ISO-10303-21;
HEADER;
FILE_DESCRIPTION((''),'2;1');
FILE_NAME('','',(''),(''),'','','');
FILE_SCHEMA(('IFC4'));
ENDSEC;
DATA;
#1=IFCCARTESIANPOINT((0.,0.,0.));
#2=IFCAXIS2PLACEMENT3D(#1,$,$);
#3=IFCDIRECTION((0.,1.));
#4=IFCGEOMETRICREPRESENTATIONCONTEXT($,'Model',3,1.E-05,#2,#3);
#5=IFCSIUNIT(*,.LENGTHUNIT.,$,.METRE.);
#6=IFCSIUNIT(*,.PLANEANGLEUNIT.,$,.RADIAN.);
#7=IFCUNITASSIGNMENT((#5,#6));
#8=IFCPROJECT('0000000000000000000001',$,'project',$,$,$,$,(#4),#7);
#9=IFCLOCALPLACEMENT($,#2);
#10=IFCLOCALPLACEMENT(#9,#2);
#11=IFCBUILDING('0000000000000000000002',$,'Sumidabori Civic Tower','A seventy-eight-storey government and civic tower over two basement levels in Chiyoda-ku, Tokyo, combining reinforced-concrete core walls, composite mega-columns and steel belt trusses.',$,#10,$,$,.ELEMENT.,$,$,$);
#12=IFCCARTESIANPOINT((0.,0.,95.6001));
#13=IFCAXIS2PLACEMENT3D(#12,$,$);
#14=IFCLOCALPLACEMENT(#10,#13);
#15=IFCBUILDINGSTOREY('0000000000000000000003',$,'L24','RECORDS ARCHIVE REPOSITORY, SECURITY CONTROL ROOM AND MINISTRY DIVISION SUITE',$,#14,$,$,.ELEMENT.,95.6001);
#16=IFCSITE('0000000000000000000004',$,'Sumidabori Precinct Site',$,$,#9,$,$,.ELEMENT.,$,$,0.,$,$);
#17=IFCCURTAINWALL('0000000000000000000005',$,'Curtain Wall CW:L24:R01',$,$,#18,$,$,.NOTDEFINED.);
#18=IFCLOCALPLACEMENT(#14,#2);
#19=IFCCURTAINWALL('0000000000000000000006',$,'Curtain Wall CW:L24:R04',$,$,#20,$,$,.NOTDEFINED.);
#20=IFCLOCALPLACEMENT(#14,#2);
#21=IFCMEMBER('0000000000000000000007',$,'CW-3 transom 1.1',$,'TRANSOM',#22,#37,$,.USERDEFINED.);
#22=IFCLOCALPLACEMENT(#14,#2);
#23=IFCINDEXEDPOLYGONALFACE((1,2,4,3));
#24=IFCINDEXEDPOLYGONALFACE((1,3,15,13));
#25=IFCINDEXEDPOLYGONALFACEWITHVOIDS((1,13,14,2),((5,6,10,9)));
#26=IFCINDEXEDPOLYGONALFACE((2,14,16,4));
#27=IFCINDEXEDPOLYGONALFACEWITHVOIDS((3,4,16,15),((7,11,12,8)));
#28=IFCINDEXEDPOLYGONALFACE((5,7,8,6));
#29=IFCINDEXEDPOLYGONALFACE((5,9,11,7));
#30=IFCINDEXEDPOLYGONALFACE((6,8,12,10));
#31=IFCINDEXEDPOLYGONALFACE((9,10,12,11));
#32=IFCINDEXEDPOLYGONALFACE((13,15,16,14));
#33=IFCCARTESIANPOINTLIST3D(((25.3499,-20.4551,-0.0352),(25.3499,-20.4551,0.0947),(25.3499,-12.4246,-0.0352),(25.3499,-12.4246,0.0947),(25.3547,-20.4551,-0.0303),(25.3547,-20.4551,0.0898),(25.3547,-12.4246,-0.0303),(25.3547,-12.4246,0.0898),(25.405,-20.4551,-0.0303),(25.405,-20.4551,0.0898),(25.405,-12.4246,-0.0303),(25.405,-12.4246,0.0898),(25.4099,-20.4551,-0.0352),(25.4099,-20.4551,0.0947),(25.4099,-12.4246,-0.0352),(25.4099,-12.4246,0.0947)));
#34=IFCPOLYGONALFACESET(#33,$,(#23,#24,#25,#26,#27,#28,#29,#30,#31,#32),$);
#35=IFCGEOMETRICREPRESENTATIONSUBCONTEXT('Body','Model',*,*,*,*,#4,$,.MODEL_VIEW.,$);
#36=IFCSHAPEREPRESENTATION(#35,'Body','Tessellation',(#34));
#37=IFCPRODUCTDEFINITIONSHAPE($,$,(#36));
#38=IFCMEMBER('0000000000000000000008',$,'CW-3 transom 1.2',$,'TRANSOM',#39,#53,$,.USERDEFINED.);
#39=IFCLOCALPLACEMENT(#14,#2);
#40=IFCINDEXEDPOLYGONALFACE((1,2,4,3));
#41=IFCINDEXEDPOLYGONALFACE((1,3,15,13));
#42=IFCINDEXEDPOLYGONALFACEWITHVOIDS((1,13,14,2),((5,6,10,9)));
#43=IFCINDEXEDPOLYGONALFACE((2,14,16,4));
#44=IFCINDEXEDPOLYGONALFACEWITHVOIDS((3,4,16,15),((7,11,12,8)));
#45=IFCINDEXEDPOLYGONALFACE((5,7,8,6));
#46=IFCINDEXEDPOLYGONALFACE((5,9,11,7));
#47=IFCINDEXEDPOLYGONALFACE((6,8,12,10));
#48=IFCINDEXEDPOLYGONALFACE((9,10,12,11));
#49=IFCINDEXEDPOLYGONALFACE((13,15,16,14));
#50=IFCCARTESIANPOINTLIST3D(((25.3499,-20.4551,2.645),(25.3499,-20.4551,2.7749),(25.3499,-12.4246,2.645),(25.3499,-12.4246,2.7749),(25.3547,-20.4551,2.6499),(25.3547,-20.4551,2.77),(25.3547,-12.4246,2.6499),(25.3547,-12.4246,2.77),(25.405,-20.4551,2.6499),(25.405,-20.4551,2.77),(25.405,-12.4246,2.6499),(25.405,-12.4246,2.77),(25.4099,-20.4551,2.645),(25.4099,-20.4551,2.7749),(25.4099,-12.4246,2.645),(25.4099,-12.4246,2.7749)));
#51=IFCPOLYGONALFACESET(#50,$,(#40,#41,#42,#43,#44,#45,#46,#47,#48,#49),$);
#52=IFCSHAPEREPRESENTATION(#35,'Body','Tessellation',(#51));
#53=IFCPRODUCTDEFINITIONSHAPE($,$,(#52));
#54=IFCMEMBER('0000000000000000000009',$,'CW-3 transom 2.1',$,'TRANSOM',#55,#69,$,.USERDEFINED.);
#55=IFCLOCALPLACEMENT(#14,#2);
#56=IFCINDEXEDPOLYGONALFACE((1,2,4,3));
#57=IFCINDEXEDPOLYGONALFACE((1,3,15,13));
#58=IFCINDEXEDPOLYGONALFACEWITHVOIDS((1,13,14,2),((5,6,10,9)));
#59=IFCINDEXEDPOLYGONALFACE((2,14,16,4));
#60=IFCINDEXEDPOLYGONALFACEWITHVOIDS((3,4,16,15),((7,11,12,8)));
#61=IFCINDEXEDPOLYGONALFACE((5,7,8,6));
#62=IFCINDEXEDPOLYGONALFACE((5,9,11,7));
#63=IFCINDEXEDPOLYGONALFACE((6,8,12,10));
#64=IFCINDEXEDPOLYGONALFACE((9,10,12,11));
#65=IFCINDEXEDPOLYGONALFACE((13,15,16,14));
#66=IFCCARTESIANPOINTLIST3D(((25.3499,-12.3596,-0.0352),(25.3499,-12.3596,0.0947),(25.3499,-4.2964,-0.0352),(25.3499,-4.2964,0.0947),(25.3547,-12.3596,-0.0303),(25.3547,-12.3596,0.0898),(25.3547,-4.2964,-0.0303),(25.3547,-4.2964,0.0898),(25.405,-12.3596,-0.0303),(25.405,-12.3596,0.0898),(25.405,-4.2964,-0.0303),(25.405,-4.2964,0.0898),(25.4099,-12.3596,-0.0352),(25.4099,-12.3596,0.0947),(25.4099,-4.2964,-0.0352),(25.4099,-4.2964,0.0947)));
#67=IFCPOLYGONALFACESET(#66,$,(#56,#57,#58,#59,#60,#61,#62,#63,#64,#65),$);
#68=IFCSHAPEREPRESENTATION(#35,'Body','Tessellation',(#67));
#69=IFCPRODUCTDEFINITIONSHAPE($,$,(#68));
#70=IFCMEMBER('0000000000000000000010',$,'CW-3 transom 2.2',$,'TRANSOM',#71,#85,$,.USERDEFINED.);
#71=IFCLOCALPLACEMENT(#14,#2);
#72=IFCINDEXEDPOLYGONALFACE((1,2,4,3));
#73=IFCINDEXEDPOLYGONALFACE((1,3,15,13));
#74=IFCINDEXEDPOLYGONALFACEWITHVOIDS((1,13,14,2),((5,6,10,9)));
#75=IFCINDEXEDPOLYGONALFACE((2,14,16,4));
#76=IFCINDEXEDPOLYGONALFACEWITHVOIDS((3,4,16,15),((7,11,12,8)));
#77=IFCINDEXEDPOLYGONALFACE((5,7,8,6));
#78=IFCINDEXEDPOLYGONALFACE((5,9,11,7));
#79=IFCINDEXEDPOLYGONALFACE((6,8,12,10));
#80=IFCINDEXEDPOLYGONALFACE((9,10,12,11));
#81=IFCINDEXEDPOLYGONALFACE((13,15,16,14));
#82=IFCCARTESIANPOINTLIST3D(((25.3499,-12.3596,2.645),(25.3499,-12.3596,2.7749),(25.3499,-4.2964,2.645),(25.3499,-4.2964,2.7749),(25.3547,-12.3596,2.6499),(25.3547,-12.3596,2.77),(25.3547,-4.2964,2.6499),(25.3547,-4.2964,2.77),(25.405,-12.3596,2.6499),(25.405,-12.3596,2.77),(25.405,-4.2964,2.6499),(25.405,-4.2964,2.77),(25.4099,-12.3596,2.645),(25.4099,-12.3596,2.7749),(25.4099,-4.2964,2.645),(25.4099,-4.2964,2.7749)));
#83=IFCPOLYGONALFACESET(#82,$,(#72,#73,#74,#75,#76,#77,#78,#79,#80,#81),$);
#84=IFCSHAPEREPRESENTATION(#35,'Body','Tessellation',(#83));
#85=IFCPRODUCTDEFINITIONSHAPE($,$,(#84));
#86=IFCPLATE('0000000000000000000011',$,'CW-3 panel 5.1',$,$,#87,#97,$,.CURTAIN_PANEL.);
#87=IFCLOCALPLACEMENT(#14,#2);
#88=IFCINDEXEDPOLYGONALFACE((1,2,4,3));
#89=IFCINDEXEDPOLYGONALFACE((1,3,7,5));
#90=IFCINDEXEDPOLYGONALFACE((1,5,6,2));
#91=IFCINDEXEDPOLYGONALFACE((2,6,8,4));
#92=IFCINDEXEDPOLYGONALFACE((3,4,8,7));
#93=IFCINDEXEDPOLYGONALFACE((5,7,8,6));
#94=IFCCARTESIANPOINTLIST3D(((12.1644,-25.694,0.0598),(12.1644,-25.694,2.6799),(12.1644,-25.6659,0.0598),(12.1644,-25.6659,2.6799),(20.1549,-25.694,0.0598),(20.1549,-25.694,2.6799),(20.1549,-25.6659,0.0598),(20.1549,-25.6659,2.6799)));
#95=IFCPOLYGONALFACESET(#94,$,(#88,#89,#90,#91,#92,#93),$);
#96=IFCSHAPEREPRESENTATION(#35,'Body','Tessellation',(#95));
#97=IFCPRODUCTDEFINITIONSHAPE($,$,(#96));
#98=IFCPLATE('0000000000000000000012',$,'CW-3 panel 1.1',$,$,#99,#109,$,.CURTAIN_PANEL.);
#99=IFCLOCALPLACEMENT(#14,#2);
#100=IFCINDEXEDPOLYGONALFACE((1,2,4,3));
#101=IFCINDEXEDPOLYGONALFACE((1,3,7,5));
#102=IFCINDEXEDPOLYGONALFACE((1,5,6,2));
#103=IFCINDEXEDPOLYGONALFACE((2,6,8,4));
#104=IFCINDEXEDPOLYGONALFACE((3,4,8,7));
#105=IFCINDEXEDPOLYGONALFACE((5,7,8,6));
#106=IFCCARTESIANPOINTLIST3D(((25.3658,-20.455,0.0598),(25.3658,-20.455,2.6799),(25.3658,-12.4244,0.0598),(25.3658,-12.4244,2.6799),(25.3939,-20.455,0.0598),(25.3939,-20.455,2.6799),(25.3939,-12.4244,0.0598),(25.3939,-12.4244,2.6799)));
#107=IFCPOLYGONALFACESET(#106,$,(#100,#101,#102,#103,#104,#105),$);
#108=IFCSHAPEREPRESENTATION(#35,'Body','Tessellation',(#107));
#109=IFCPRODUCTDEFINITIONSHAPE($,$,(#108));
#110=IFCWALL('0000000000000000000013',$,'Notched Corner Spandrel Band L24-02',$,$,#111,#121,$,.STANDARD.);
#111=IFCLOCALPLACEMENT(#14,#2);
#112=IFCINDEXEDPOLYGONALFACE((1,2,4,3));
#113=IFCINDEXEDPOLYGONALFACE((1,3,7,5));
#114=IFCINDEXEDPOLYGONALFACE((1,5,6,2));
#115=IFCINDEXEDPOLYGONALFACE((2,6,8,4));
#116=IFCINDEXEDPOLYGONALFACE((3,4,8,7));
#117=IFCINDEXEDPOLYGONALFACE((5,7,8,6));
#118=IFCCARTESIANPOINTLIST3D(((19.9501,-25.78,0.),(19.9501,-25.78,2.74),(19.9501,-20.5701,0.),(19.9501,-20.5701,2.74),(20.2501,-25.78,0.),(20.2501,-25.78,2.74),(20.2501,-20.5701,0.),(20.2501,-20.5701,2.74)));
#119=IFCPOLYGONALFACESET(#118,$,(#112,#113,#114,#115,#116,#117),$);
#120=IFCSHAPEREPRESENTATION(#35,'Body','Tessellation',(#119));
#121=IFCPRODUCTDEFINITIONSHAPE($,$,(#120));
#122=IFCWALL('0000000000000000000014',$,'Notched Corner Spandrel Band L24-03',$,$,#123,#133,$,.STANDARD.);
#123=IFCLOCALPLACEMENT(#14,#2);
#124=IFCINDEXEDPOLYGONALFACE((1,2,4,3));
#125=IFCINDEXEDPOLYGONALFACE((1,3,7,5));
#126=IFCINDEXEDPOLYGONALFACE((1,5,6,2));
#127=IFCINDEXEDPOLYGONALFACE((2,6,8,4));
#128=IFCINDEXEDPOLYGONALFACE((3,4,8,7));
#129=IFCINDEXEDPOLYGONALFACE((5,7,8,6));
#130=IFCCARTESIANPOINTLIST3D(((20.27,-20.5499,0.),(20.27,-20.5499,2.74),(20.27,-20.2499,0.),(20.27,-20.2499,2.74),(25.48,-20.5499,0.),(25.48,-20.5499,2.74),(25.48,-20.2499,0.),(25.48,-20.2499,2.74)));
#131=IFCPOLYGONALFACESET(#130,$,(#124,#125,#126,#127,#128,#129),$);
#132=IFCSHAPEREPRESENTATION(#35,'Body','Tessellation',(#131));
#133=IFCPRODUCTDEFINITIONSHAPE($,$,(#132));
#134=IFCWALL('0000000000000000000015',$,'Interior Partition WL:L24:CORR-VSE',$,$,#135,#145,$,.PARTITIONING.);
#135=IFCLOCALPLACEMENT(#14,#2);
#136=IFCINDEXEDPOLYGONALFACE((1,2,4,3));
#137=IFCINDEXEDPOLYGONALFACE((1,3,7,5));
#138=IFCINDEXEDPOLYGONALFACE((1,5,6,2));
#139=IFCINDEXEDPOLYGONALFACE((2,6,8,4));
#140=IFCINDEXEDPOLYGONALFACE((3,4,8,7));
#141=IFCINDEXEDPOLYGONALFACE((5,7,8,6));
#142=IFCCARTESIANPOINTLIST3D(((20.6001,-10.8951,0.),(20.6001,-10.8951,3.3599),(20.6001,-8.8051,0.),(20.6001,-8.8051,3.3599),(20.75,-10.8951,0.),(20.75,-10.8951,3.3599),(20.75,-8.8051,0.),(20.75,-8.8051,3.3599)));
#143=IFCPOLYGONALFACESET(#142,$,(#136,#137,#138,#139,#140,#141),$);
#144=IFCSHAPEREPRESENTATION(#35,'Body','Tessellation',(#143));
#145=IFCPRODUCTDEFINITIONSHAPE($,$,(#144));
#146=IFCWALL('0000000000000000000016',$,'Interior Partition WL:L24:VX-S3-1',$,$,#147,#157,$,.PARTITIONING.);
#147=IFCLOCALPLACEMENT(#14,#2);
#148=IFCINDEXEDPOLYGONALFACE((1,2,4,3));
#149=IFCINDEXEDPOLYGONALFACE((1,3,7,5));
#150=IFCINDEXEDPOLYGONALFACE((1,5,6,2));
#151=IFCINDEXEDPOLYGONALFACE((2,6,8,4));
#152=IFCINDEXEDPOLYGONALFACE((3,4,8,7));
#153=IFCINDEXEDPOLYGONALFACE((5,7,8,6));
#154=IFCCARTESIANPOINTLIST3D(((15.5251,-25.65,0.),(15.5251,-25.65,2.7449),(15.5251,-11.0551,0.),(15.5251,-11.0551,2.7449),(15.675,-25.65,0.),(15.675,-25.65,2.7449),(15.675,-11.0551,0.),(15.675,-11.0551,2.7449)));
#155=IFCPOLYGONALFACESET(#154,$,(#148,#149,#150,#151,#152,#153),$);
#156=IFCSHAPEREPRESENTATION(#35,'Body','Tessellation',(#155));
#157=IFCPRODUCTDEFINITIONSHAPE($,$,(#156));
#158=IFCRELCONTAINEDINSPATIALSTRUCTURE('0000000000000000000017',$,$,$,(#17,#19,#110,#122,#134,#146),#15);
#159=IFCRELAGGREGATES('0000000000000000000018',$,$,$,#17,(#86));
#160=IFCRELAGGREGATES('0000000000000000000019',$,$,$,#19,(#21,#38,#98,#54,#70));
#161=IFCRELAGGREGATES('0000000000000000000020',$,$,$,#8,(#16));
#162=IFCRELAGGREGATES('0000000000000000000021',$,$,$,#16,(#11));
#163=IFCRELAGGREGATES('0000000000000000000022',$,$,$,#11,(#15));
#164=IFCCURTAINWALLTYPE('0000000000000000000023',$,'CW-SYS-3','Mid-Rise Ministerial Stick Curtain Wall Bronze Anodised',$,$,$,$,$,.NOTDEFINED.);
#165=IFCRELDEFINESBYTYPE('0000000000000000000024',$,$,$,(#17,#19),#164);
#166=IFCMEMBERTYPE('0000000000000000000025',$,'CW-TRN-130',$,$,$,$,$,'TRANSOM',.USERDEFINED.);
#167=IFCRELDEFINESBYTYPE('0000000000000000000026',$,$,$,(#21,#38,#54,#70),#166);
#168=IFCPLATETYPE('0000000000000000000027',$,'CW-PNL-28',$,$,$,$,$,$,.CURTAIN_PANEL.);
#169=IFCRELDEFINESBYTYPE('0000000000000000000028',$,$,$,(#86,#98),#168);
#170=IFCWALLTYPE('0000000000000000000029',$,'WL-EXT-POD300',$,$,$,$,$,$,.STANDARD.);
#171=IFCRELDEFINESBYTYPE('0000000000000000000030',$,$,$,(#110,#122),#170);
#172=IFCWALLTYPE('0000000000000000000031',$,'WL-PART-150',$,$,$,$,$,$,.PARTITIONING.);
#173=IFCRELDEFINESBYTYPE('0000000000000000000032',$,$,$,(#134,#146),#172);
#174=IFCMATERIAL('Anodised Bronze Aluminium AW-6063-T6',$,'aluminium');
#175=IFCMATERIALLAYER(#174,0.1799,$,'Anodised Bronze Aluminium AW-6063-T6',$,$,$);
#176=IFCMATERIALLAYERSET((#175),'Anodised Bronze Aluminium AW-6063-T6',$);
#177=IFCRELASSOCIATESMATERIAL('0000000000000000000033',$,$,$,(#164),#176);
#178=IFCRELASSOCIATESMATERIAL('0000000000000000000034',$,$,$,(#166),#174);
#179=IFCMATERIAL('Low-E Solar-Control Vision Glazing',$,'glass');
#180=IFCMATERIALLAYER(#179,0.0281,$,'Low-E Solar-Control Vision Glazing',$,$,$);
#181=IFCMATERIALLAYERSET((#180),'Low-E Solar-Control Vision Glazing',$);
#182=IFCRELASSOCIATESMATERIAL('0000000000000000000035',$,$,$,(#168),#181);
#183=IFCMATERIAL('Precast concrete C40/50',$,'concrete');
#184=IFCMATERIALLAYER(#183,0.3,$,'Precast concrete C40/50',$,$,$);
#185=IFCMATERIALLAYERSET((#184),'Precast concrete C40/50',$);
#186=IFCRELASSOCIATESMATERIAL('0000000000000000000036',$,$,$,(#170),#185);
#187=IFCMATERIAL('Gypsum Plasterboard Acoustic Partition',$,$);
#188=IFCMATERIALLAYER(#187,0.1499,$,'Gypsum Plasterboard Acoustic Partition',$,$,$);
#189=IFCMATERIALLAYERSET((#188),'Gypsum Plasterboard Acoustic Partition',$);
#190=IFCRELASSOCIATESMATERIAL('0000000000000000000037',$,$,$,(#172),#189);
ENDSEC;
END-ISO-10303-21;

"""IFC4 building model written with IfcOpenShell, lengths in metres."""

from ifc_helpers import new_model, si_unit, direction, frame, frame_2d, origin, origin_2d, place, context, subcontext, project, spatial, rectangle, hollow_rectangle, extrude, source, transform, mapped, material, layer, layer_set, material_profile, profile_set, type_object, element, aggregate, save


model = new_model("IFC4")

# Units and contexts
model_context = context("Model", 3, precision=1e-05, world=origin(), true_north=direction((0.0, 1.0)))
body_context = subcontext(model_context, "Body", "Model", "MODEL_VIEW")
ifc_project = project(units=[si_unit("LENGTHUNIT", "METRE"), si_unit("PLANEANGLEUNIT", "RADIAN")], contexts=[model_context])

# Site, building, storey
site_placement = place(None, origin())
site = spatial("IfcSite", under=ifc_project, at=site_placement, Name="Sumidabori Precinct Site", CompositionType="ELEMENT", RefElevation=0.0)
building_placement = place(site_placement, origin())
building = spatial("IfcBuilding", under=site, at=building_placement, Name="Sumidabori Civic Tower", Description="A seventy-eight-storey government and civic tower over two basement levels in Chiyoda-ku, Tokyo, combining reinforced-concrete core walls, composite mega-columns and steel belt trusses.", CompositionType="ELEMENT")
storey_placement = place(building_placement, frame((0.0, 0.0, 95.6001)))
storey = spatial("IfcBuildingStorey", under=building, at=storey_placement, Name="L24", Description="RECORDS ARCHIVE REPOSITORY, SECURITY CONTROL ROOM AND MINISTRY DIVISION SUITE", CompositionType="ELEMENT", Elevation=95.6001)

# Curtain wall
ifc_material_1 = material(Name="Anodised Bronze Aluminium AW-6063-T6", Category="aluminium")
ifc_layer_1 = layer(ifc_material_1, 0.1799, Name="Anodised Bronze Aluminium AW-6063-T6")
ifc_layer_set_1 = layer_set([ifc_layer_1], Name="Anodised Bronze Aluminium AW-6063-T6")
curtain_wall_type = type_object("IfcCurtainWallType", Name="CW-SYS-3", Description="Mid-Rise Ministerial Stick Curtain Wall Bronze Anodised", PredefinedType="NOTDEFINED", material=ifc_layer_set_1)
curtain_wall_1_placement = place(storey_placement, origin())
curtain_wall_1 = element("IfcCurtainWall", 1, at=curtain_wall_1_placement, inside=storey, type_object=curtain_wall_type, Name="Curtain Wall CW:L24:R01", PredefinedType="NOTDEFINED")

# Curtain wall, members
curtain_wall_2_placement = place(storey_placement, origin())
curtain_wall_2 = element("IfcCurtainWall", 2, at=curtain_wall_2_placement, inside=storey, type_object=curtain_wall_type, Name="Curtain Wall CW:L24:R04", PredefinedType="NOTDEFINED")
ifc_material_profile_1 = material_profile(ifc_material_1, hollow_rectangle(XDim=0.0601, YDim=0.1299, WallThickness=0.0049, at=origin_2d()), Name="ALU TRANSOM 130x60")
ifc_profile_set_1 = profile_set([ifc_material_profile_1], Name="Anodised Bronze Aluminium AW-6063-T6")
member_type_1 = type_object("IfcMemberType", Name="CW-TRN-130", ElementType="TRANSOM", PredefinedType="USERDEFINED", material=ifc_profile_set_1)
shared_shape_1 = source(origin(), body_context, "Body", "SweptSolid", [
    extrude(hollow_rectangle(XDim=0.0601, YDim=0.1299, WallThickness=0.0049, at=origin_2d()), origin(), (0.0, 0.0, 1.0), 8.0305),
])
member_1_placement = place(storey_placement, frame((25.3799, -20.4551, 0.0298), z_axis=(0.0, 1.0, 0.0), x_axis=(-1.0, 0.0, 0.0)))
member_1 = element("IfcMember", 3, at=member_1_placement, type_object=member_type_1, Name="CW-3 transom 1.1", ObjectType="TRANSOM", PredefinedType="USERDEFINED", context=body_context, shape_type="MappedRepresentation", body=[
    mapped(shared_shape_1, transform((0.0, 0.0, 0.0), x_axis=(1.0, 0.0, 0.0), y_axis=(0.0, 1.0, 0.0), z_axis=(0.0, 0.0, 1.0), scale=1.0)),
])
member_2_placement = place(storey_placement, frame((25.3799, -20.4551, 2.71), z_axis=(0.0, 1.0, 0.0), x_axis=(-1.0, 0.0, 0.0)))
member_2 = element("IfcMember", 4, at=member_2_placement, type_object=member_type_1, Name="CW-3 transom 1.2", ObjectType="TRANSOM", PredefinedType="USERDEFINED", context=body_context, shape_type="MappedRepresentation", body=[
    mapped(shared_shape_1, transform((0.0, 0.0, 0.0), x_axis=(1.0, 0.0, 0.0), y_axis=(0.0, 1.0, 0.0), z_axis=(0.0, 0.0, 1.0), scale=1.0)),
])
shared_shape_2 = source(origin(), body_context, "Body", "SweptSolid", [
    extrude(hollow_rectangle(XDim=0.0601, YDim=0.1299, WallThickness=0.0049, at=origin_2d()), origin(), (0.0, 0.0, 1.0), 8.0632),
])
member_3_placement = place(storey_placement, frame((25.3799, -12.3596, 0.0298), z_axis=(0.0, 1.0, 0.0), x_axis=(-1.0, 0.0, 0.0)))
member_3 = element("IfcMember", 5, at=member_3_placement, type_object=member_type_1, Name="CW-3 transom 2.1", ObjectType="TRANSOM", PredefinedType="USERDEFINED", context=body_context, shape_type="MappedRepresentation", body=[
    mapped(shared_shape_2, transform((0.0, 0.0, 0.0), x_axis=(1.0, 0.0, 0.0), y_axis=(0.0, 1.0, 0.0), z_axis=(0.0, 0.0, 1.0), scale=1.0)),
])
member_4_placement = place(storey_placement, frame((25.3799, -12.3596, 2.71), z_axis=(0.0, 1.0, 0.0), x_axis=(-1.0, 0.0, 0.0)))
member_4 = element("IfcMember", 6, at=member_4_placement, type_object=member_type_1, Name="CW-3 transom 2.2", ObjectType="TRANSOM", PredefinedType="USERDEFINED", context=body_context, shape_type="MappedRepresentation", body=[
    mapped(shared_shape_2, transform((0.0, 0.0, 0.0), x_axis=(1.0, 0.0, 0.0), y_axis=(0.0, 1.0, 0.0), z_axis=(0.0, 0.0, 1.0), scale=1.0)),
])

# Plates
ifc_material_2 = material(Name="Low-E Solar-Control Vision Glazing", Category="glass")
ifc_layer_2 = layer(ifc_material_2, 0.0281, Name="Low-E Solar-Control Vision Glazing")
ifc_layer_set_2 = layer_set([ifc_layer_2], Name="Low-E Solar-Control Vision Glazing")
plate_type = type_object("IfcPlateType", Name="CW-PNL-28", PredefinedType="CURTAIN_PANEL", material=ifc_layer_set_2)
shared_shape_3 = source(origin(), body_context, "Body", "SweptSolid", [
    extrude(rectangle(XDim=7.9905, YDim=0.0281, at=origin_2d()), origin(), (0.0, 0.0, 1.0), 2.6201),
])
plate_1_placement = place(storey_placement, frame((16.1597, -25.6799, 0.0598), z_axis=(0.0, 0.0, 1.0), x_axis=(1.0, 0.0, 0.0)))
plate_1 = element("IfcPlate", 7, at=plate_1_placement, type_object=plate_type, Name="CW-3 panel 5.1", PredefinedType="CURTAIN_PANEL", context=body_context, shape_type="MappedRepresentation", body=[
    mapped(shared_shape_3, transform((0.0, 0.0, 0.0), x_axis=(1.0, 0.0, 0.0), y_axis=(0.0, 1.0, 0.0), z_axis=(0.0, 0.0, 1.0), scale=1.0)),
])
aggregate(curtain_wall_1, [plate_1])
shared_shape_4 = source(origin(), body_context, "Body", "SweptSolid", [
    extrude(rectangle(XDim=8.0305, YDim=0.0281, at=origin_2d()), origin(), (0.0, 0.0, 1.0), 2.6201),
])
plate_2_placement = place(storey_placement, frame((25.3799, -16.4397, 0.0598), z_axis=(0.0, 0.0, 1.0), x_axis=(0.0, 1.0, 0.0)))
plate_2 = element("IfcPlate", 8, at=plate_2_placement, type_object=plate_type, Name="CW-3 panel 1.1", PredefinedType="CURTAIN_PANEL", context=body_context, shape_type="MappedRepresentation", body=[
    mapped(shared_shape_4, transform((0.0, 0.0, 0.0), x_axis=(1.0, 0.0, 0.0), y_axis=(0.0, 1.0, 0.0), z_axis=(0.0, 0.0, 1.0), scale=1.0)),
])
aggregate(curtain_wall_2, [member_1, member_2, plate_2, member_3, member_4])

# Walls
ifc_material_3 = material(Name="Precast concrete C40/50", Category="concrete")
ifc_layer_3 = layer(ifc_material_3, 0.3, Name="Precast concrete C40/50")
ifc_layer_set_3 = layer_set([ifc_layer_3], Name="Precast concrete C40/50")
wall_type_1 = type_object("IfcWallType", Name="WL-EXT-POD300", PredefinedType="STANDARD", material=ifc_layer_set_3)
shared_shape_5 = source(origin(), body_context, "Body", "SweptSolid", [
    extrude(rectangle(XDim=5.21, YDim=0.3, at=frame_2d((2.605, 0.0))), origin(), (0.0, 0.0, 1.0), 2.74),
])
for number, where, z_axis, x_axis, name in (
    (9, (20.1001, -25.78, 0.0), (0.0, 0.0, 1.0), (0.0, 1.0, 0.0), "Notched Corner Spandrel Band L24-02"),
    (10, (20.27, -20.3999, 0.0), (0.0, 0.0, 1.0), (1.0, 0.0, 0.0), "Notched Corner Spandrel Band L24-03"),
):
    element("IfcWall", number, at=place(storey_placement, frame(where, z_axis=z_axis, x_axis=x_axis)), inside=storey, type_object=wall_type_1, Name=name, PredefinedType="STANDARD", context=body_context, shape_type="MappedRepresentation", body=[
        mapped(shared_shape_5, transform((0.0, 0.0, 0.0), x_axis=(1.0, 0.0, 0.0), y_axis=(0.0, 1.0, 0.0), z_axis=(0.0, 0.0, 1.0), scale=1.0)),
    ])

# Shared definitions
ifc_material_4 = material(Name="Gypsum Plasterboard Acoustic Partition")
ifc_layer_4 = layer(ifc_material_4, 0.1499, Name="Gypsum Plasterboard Acoustic Partition")
ifc_layer_set_4 = layer_set([ifc_layer_4], Name="Gypsum Plasterboard Acoustic Partition")
wall_type_2 = type_object("IfcWallType", Name="WL-PART-150", PredefinedType="PARTITIONING", material=ifc_layer_set_4)

# Walls
shared_shape_6 = source(origin(), body_context, "Body", "SweptSolid", [
    extrude(rectangle(XDim=2.0901, YDim=0.1499, at=frame_2d((1.0449, 0.0))), origin(), (0.0, 0.0, 1.0), 3.3599),
])
wall_1_placement = place(storey_placement, frame((20.675, -10.895, 0.0), z_axis=(0.0, 0.0, 1.0), x_axis=(0.0, 1.0, 0.0)))
element("IfcWall", 11, at=wall_1_placement, inside=storey, type_object=wall_type_2, Name="Interior Partition WL:L24:CORR-VSE", PredefinedType="PARTITIONING", context=body_context, shape_type="MappedRepresentation", body=[
    mapped(shared_shape_6, transform((0.0, 0.0, 0.0), x_axis=(1.0, 0.0, 0.0), y_axis=(0.0, 1.0, 0.0), z_axis=(0.0, 0.0, 1.0), scale=1.0)),
])
shared_shape_7 = source(origin(), body_context, "Body", "SweptSolid", [
    extrude(rectangle(XDim=14.595, YDim=0.1499, at=frame_2d((7.2974, 0.0))), origin(), (0.0, 0.0, 1.0), 2.7449),
])
wall_2_placement = place(storey_placement, frame((15.6001, -25.6499, 0.0), z_axis=(0.0, 0.0, 1.0), x_axis=(0.0, 1.0, 0.0)))
element("IfcWall", 12, at=wall_2_placement, inside=storey, type_object=wall_type_2, Name="Interior Partition WL:L24:VX-S3-1", PredefinedType="PARTITIONING", context=body_context, shape_type="MappedRepresentation", body=[
    mapped(shared_shape_7, transform((0.0, 0.0, 0.0), x_axis=(1.0, 0.0, 0.0), y_axis=(0.0, 1.0, 0.0), z_axis=(0.0, 0.0, 1.0), scale=1.0)),
])

save(model, "model.ifc")
